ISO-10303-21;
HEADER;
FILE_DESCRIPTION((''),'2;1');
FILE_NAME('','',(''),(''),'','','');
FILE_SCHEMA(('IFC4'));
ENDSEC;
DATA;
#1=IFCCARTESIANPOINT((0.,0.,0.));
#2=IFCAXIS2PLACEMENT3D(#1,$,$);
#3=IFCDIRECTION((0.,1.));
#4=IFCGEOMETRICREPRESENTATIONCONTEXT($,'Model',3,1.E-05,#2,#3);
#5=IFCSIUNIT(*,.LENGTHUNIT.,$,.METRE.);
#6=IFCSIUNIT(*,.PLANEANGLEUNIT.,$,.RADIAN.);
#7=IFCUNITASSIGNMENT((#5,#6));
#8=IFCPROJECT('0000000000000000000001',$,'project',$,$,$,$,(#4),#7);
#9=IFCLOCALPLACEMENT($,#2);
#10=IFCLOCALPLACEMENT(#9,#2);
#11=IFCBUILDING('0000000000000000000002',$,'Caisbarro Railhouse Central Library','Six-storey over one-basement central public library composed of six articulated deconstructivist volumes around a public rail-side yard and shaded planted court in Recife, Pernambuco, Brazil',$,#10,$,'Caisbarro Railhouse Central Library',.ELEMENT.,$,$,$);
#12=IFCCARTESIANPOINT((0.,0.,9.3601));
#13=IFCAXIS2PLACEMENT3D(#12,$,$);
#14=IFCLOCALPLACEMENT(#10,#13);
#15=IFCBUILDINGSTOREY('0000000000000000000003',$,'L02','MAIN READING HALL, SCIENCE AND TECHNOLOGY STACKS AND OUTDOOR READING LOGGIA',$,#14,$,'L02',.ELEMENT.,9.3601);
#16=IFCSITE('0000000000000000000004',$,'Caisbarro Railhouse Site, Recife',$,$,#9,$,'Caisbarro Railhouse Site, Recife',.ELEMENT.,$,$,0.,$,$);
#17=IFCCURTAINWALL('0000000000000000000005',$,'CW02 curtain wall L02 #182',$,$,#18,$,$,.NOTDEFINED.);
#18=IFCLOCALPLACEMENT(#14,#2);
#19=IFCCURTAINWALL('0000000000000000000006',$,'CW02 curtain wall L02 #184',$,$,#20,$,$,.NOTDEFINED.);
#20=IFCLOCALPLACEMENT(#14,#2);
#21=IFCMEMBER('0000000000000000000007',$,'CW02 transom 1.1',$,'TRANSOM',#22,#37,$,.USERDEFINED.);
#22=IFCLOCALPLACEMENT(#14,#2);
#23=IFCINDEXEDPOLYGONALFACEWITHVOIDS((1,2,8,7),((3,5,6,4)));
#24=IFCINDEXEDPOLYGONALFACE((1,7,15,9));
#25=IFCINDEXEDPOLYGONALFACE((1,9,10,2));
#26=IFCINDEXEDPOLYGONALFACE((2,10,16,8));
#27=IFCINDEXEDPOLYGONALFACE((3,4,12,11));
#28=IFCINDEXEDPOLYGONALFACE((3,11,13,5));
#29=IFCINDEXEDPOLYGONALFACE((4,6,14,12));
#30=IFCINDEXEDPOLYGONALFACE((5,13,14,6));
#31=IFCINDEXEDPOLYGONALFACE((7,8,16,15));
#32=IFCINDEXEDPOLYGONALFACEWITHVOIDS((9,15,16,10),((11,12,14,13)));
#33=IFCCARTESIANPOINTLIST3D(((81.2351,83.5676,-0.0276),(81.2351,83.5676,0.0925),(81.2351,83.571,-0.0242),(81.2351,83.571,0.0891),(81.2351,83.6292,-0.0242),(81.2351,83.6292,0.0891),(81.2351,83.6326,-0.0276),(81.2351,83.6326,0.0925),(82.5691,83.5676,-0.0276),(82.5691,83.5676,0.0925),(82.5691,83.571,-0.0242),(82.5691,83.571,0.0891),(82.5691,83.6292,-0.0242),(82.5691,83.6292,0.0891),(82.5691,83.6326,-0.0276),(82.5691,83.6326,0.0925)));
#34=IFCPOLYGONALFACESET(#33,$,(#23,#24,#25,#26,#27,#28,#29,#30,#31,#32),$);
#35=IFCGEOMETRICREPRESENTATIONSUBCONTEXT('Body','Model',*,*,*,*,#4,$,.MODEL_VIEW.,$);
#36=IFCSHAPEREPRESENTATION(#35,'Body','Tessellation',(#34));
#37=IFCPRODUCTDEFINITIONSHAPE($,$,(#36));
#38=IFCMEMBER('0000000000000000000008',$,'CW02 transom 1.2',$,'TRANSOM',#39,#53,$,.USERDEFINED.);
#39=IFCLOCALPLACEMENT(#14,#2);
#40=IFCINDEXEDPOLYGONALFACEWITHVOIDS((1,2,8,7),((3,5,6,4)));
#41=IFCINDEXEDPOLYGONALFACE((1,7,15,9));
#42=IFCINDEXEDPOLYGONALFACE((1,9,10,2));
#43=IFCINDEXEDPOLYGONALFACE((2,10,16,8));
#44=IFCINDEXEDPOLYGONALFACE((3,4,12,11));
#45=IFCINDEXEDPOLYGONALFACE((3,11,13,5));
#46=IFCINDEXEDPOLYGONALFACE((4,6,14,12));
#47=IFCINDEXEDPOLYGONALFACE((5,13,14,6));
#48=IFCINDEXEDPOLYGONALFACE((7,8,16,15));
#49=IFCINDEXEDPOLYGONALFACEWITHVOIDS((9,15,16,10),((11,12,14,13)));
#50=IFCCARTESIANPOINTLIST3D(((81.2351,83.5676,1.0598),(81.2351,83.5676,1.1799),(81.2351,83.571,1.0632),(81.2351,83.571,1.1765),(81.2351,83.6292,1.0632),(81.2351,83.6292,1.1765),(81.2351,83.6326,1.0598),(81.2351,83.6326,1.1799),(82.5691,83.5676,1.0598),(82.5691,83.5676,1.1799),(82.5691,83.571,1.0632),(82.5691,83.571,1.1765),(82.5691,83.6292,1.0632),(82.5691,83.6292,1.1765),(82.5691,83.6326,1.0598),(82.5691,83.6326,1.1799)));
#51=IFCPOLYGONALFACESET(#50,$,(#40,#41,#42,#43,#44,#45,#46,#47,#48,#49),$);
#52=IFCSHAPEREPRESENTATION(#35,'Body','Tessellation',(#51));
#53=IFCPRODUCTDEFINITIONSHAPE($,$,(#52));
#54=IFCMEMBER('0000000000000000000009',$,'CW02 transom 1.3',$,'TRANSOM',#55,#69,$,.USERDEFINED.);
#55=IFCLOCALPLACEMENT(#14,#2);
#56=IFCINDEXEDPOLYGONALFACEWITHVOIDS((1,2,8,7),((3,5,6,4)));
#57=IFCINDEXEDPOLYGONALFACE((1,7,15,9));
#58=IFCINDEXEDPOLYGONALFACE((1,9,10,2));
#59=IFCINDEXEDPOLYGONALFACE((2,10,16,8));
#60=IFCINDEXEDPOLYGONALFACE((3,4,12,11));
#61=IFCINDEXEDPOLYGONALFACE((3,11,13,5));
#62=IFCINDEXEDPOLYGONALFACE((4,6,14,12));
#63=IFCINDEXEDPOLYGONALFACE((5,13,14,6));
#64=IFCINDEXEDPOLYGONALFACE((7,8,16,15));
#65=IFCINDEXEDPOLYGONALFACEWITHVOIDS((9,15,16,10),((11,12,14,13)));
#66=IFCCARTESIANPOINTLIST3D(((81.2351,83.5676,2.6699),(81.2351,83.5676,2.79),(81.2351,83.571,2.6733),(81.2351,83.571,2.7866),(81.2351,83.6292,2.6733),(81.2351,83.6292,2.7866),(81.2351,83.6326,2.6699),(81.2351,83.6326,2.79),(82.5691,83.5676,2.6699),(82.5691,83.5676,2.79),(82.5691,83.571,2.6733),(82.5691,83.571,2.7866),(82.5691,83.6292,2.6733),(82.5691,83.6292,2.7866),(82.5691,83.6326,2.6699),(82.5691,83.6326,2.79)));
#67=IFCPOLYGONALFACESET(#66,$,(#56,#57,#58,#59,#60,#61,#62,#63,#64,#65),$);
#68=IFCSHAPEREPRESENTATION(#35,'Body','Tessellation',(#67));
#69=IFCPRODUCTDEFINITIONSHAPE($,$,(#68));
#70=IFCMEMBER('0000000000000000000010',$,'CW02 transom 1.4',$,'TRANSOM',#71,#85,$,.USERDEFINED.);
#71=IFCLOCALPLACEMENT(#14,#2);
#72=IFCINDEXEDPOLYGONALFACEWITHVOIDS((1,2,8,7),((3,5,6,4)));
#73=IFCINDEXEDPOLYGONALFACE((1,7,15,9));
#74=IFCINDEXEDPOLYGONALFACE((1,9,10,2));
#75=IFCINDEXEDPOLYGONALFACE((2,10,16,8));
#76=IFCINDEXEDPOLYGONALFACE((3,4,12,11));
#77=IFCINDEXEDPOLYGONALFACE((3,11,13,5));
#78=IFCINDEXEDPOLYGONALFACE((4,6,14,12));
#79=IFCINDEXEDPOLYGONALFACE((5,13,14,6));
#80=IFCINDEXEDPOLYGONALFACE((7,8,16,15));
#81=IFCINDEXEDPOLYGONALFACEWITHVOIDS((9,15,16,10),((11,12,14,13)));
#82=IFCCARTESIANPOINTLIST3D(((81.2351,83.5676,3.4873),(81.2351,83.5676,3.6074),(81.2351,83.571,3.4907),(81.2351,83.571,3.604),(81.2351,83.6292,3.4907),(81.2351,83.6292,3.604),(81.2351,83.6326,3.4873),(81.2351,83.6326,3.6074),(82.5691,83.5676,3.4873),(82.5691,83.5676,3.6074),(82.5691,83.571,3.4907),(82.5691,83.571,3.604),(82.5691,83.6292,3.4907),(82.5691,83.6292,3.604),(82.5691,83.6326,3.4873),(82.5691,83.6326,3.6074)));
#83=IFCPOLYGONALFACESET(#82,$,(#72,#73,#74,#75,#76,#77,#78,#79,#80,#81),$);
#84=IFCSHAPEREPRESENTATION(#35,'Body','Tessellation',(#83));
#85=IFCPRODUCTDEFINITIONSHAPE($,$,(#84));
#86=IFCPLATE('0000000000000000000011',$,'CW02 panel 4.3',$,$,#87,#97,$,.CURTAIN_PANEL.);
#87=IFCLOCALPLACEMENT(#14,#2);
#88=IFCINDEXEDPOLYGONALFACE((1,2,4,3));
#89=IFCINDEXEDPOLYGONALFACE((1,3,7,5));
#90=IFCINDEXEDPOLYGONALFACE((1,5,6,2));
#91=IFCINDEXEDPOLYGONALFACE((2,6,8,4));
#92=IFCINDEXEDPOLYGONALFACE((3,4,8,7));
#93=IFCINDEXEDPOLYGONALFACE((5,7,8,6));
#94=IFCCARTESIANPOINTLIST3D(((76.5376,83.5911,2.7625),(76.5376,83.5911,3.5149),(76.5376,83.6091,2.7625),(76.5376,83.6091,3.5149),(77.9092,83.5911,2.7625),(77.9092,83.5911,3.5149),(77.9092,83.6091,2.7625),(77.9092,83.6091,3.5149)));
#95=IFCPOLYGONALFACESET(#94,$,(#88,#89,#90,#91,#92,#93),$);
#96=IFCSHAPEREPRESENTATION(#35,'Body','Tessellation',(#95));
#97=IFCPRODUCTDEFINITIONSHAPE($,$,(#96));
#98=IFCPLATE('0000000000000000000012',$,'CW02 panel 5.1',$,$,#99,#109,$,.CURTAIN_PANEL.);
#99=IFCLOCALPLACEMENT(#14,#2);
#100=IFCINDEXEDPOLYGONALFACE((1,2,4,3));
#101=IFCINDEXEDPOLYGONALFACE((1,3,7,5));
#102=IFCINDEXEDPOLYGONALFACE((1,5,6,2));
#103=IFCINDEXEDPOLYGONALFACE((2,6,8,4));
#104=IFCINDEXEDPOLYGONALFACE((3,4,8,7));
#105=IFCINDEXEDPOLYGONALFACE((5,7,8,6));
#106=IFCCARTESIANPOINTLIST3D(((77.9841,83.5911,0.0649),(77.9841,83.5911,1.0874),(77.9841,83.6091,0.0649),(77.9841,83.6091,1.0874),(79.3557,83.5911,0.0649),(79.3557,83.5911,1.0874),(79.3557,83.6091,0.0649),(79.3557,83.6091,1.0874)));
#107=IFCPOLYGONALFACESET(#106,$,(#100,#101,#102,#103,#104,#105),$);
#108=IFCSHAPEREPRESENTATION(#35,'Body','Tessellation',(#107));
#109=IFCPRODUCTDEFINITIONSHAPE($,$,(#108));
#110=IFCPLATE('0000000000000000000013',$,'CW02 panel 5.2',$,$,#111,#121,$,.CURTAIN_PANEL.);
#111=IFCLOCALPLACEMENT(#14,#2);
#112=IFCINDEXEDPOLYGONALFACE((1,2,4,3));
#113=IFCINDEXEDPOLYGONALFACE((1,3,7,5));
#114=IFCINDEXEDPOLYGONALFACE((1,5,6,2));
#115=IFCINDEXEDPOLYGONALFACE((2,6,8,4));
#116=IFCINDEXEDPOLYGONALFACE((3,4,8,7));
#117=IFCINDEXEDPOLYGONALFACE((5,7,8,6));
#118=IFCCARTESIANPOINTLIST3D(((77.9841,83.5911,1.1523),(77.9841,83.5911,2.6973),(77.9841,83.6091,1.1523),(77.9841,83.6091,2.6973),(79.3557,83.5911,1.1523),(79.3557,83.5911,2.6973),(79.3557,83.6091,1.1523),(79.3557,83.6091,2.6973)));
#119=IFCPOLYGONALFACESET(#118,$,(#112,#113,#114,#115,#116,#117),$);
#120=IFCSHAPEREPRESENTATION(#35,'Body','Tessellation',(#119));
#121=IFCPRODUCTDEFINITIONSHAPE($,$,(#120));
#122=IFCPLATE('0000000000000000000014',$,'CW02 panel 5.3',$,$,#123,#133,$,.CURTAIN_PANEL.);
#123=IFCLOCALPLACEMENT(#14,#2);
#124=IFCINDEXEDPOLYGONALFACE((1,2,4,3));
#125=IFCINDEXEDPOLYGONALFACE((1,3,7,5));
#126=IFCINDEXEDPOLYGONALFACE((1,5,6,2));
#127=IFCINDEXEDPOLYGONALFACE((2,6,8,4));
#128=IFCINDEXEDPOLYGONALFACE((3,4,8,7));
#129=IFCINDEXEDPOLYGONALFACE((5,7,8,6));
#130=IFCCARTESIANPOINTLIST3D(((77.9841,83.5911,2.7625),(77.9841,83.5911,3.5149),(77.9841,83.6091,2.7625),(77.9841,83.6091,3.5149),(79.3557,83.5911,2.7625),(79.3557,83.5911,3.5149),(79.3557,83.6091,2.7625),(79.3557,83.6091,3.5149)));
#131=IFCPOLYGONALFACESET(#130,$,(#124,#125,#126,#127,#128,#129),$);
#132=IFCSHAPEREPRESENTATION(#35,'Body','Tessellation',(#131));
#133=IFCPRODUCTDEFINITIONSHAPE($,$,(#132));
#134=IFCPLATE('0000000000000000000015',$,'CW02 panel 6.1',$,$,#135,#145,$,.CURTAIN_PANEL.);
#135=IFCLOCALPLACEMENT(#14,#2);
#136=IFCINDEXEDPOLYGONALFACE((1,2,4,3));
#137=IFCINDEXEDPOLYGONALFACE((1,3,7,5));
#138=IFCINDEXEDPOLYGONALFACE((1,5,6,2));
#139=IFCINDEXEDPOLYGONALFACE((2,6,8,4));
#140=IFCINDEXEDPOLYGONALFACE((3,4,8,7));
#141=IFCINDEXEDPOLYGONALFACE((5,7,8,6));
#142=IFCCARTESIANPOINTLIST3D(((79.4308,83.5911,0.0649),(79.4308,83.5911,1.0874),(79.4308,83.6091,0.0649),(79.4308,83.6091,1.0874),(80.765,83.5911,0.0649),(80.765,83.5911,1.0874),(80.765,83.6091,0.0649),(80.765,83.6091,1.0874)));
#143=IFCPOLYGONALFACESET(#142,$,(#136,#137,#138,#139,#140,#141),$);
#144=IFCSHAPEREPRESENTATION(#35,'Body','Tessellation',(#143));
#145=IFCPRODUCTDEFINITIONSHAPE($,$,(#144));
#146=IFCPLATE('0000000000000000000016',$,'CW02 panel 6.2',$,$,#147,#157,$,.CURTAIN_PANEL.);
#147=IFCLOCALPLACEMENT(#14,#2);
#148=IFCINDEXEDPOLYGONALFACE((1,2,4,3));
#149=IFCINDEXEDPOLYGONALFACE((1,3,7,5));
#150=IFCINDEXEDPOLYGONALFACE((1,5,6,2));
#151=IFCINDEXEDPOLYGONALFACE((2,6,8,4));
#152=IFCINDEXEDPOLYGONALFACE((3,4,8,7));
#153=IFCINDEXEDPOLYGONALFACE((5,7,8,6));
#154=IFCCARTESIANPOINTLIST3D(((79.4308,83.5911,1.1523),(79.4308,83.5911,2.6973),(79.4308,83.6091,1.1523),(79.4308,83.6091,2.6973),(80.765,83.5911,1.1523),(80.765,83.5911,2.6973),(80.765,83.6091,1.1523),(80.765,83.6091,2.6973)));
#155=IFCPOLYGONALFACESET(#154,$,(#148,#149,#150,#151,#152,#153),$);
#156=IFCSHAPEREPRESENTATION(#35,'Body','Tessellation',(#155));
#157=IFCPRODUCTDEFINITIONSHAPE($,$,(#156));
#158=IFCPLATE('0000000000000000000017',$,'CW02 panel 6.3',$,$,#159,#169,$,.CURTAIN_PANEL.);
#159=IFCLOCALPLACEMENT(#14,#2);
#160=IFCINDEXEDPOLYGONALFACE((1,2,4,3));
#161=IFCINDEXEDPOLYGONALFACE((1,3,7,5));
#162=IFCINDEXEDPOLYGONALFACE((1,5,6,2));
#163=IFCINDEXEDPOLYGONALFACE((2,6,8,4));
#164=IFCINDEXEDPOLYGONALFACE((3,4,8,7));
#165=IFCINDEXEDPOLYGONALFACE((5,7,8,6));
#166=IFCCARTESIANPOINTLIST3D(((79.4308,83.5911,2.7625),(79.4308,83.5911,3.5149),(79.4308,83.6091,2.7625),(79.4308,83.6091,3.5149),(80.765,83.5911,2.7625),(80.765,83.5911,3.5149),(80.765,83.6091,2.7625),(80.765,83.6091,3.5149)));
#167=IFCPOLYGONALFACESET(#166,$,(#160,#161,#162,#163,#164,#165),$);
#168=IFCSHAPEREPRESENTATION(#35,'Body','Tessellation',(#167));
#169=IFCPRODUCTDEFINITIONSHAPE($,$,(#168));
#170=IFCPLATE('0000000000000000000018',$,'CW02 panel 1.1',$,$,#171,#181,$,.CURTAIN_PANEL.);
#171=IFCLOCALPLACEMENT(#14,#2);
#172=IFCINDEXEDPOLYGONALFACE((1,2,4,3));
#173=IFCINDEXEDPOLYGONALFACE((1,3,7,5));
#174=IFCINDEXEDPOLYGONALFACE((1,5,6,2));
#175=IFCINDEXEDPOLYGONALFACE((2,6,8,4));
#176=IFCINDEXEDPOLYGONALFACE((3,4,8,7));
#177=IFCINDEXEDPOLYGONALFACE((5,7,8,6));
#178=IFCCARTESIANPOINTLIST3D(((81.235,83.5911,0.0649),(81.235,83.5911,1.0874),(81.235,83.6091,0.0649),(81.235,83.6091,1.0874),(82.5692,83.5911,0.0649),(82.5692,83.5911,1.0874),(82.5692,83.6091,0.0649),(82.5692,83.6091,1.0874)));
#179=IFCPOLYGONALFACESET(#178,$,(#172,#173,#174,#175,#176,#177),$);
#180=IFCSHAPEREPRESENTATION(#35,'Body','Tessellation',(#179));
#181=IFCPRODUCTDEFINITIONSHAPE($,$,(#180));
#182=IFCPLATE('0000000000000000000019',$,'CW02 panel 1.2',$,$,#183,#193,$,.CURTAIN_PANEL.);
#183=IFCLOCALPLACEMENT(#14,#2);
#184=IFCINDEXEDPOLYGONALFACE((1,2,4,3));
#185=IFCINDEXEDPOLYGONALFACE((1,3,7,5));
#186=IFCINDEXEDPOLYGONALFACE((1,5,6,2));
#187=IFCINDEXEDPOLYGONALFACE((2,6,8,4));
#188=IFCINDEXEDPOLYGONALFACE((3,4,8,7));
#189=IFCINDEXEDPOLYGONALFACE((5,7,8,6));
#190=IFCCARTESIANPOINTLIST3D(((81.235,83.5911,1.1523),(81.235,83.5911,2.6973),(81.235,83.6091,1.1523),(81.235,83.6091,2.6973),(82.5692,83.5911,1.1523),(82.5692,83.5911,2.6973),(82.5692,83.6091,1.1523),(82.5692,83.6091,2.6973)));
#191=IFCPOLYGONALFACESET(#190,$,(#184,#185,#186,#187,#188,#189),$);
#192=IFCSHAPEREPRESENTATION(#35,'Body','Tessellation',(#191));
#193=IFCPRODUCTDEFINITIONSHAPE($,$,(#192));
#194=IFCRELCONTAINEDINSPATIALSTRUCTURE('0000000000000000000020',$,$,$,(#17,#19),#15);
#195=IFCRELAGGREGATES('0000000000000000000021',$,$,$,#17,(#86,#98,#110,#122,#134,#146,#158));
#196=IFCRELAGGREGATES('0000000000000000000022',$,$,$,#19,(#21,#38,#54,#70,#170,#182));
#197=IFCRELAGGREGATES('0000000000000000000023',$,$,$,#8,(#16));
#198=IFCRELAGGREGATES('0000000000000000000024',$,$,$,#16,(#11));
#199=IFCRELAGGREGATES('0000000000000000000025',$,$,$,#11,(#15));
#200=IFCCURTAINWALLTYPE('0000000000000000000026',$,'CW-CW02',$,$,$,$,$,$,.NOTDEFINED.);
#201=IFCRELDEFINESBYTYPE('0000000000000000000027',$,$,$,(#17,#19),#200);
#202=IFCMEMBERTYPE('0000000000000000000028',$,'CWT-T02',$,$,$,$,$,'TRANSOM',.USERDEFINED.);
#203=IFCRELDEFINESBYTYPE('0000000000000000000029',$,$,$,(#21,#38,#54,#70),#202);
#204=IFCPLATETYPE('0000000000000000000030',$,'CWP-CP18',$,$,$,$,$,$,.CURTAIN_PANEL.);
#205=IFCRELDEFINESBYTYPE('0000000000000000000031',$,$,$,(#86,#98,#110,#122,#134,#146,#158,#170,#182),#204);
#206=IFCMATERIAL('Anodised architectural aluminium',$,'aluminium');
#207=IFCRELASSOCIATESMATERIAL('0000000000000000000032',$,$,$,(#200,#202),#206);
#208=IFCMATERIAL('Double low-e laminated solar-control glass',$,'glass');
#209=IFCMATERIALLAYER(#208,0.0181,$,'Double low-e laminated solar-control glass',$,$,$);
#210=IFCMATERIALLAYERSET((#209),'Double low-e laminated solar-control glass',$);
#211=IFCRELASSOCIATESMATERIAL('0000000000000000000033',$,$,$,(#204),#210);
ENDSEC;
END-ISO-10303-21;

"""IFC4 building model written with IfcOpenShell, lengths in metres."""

from ifc_helpers import new_model, si_unit, direction, frame, origin, origin_2d, place, context, subcontext, project, spatial, rectangle, hollow_rectangle, extrude, material, layer, layer_set, material_profile, profile_set, type_object, element, aggregate, save


model = new_model("IFC4")

# Units and contexts
model_context = context("Model", 3, precision=1e-05, world=origin(), true_north=direction((0.0, 1.0)))
body_context = subcontext(model_context, "Body", "Model", "MODEL_VIEW")
ifc_project = project(units=[si_unit("LENGTHUNIT", "METRE"), si_unit("PLANEANGLEUNIT", "RADIAN")], contexts=[model_context])

# Site, building, storey
site_placement = place(None, origin())
site = spatial("IfcSite", under=ifc_project, at=site_placement, Name="Caisbarro Railhouse Site, Recife", LongName="Caisbarro Railhouse Site, Recife", CompositionType="ELEMENT", RefElevation=0.0)
building_placement = place(site_placement, origin())
building = spatial("IfcBuilding", under=site, at=building_placement, Name="Caisbarro Railhouse Central Library", Description="Six-storey over one-basement central public library composed of six articulated deconstructivist volumes around a public rail-side yard and shaded planted court in Recife, Pernambuco, Brazil", LongName="Caisbarro Railhouse Central Library", CompositionType="ELEMENT")
storey_placement = place(building_placement, frame((0.0, 0.0, 9.3601)))
storey = spatial("IfcBuildingStorey", under=building, at=storey_placement, Name="L02", Description="MAIN READING HALL, SCIENCE AND TECHNOLOGY STACKS AND OUTDOOR READING LOGGIA", LongName="L02", CompositionType="ELEMENT", Elevation=9.3601)

# Curtain walls
ifc_material_1 = material(Name="Anodised architectural aluminium", Category="aluminium")
curtain_wall_type = type_object("IfcCurtainWallType", Name="CW-CW02", PredefinedType="NOTDEFINED", material=ifc_material_1)
curtain_wall_1_placement = place(storey_placement, origin())
curtain_wall_1 = element("IfcCurtainWall", 1, at=curtain_wall_1_placement, inside=storey, type_object=curtain_wall_type, Name="CW02 curtain wall L02 #182", PredefinedType="NOTDEFINED")
curtain_wall_2_placement = place(storey_placement, origin())
curtain_wall_2 = element("IfcCurtainWall", 2, at=curtain_wall_2_placement, inside=storey, type_object=curtain_wall_type, Name="CW02 curtain wall L02 #184", PredefinedType="NOTDEFINED")

# Members
ifc_material_profile_1 = material_profile(ifc_material_1, hollow_rectangle(XDim=0.0649, YDim=0.1201, WallThickness=0.0034, at=origin_2d()), Name="ALU-TRN-65X120")
ifc_profile_set_1 = profile_set([ifc_material_profile_1], Name="Anodised architectural aluminium")
member_type_1 = type_object("IfcMemberType", Name="CWT-T02", ElementType="TRANSOM", PredefinedType="USERDEFINED", material=ifc_profile_set_1)
member_1_placement = place(storey_placement, frame((81.2351, 83.6001, 0.0325), z_axis=(1.0, 0.0, 0.0), x_axis=(0.0, 1.0, 0.0)))
member_1 = element("IfcMember", 3, at=member_1_placement, type_object=member_type_1, Name="CW02 transom 1.1", ObjectType="TRANSOM", PredefinedType="USERDEFINED", context=body_context, shape_type="SweptSolid", body=[
    extrude(hollow_rectangle(XDim=0.0649, YDim=0.1201, WallThickness=0.0034, at=origin_2d()), origin(), (0.0, 0.0, 1.0), 1.334),
])
member_2_placement = place(storey_placement, frame((81.2351, 83.6001, 1.1199), z_axis=(1.0, 0.0, 0.0), x_axis=(0.0, 1.0, 0.0)))
member_2 = element("IfcMember", 4, at=member_2_placement, type_object=member_type_1, Name="CW02 transom 1.2", ObjectType="TRANSOM", PredefinedType="USERDEFINED", context=body_context, shape_type="SweptSolid", body=[
    extrude(hollow_rectangle(XDim=0.0649, YDim=0.1201, WallThickness=0.0034, at=origin_2d()), origin(), (0.0, 0.0, 1.0), 1.334),
])
member_3_placement = place(storey_placement, frame((81.2351, 83.6001, 2.73), z_axis=(1.0, 0.0, 0.0), x_axis=(0.0, 1.0, 0.0)))
member_3 = element("IfcMember", 5, at=member_3_placement, type_object=member_type_1, Name="CW02 transom 1.3", ObjectType="TRANSOM", PredefinedType="USERDEFINED", context=body_context, shape_type="SweptSolid", body=[
    extrude(hollow_rectangle(XDim=0.0649, YDim=0.1201, WallThickness=0.0034, at=origin_2d()), origin(), (0.0, 0.0, 1.0), 1.334),
])
member_4_placement = place(storey_placement, frame((81.2351, 83.6001, 3.5474), z_axis=(1.0, 0.0, 0.0), x_axis=(0.0, 1.0, 0.0)))
member_4 = element("IfcMember", 6, at=member_4_placement, type_object=member_type_1, Name="CW02 transom 1.4", ObjectType="TRANSOM", PredefinedType="USERDEFINED", context=body_context, shape_type="SweptSolid", body=[
    extrude(hollow_rectangle(XDim=0.0649, YDim=0.1201, WallThickness=0.0034, at=origin_2d()), origin(), (0.0, 0.0, 1.0), 1.334),
])

# Plates
ifc_material_2 = material(Name="Double low-e laminated solar-control glass", Category="glass")
ifc_layer = layer(ifc_material_2, 0.0181, Name="Double low-e laminated solar-control glass")
ifc_layer_set = layer_set([ifc_layer], Name="Double low-e laminated solar-control glass")
plate_type = type_object("IfcPlateType", Name="CWP-CP18", PredefinedType="CURTAIN_PANEL", material=ifc_layer_set)
plate_1_placement = place(storey_placement, frame((77.2234, 83.6001, 2.7625), z_axis=(0.0, 0.0, 1.0), x_axis=(1.0, 0.0, 0.0)))
plate_1 = element("IfcPlate", 7, at=plate_1_placement, type_object=plate_type, Name="CW02 panel 4.3", PredefinedType="CURTAIN_PANEL", context=body_context, shape_type="SweptSolid", body=[
    extrude(rectangle(XDim=1.3716, YDim=0.0181, at=origin_2d()), origin(), (0.0, 0.0, 1.0), 0.7524),
])
plate_2_placement = place(storey_placement, frame((78.6699, 83.6001, 0.0649), z_axis=(0.0, 0.0, 1.0), x_axis=(1.0, 0.0, 0.0)))
plate_2 = element("IfcPlate", 8, at=plate_2_placement, type_object=plate_type, Name="CW02 panel 5.1", PredefinedType="CURTAIN_PANEL", context=body_context, shape_type="SweptSolid", body=[
    extrude(rectangle(XDim=1.3716, YDim=0.0181, at=origin_2d()), origin(), (0.0, 0.0, 1.0), 1.0225),
])
plate_3_placement = place(storey_placement, frame((78.6699, 83.6001, 1.1523), z_axis=(0.0, 0.0, 1.0), x_axis=(1.0, 0.0, 0.0)))
plate_3 = element("IfcPlate", 9, at=plate_3_placement, type_object=plate_type, Name="CW02 panel 5.2", PredefinedType="CURTAIN_PANEL", context=body_context, shape_type="SweptSolid", body=[
    extrude(rectangle(XDim=1.3716, YDim=0.0181, at=origin_2d()), origin(), (0.0, 0.0, 1.0), 1.5449),
])
plate_4_placement = place(storey_placement, frame((78.6699, 83.6001, 2.7625), z_axis=(0.0, 0.0, 1.0), x_axis=(1.0, 0.0, 0.0)))
plate_4 = element("IfcPlate", 10, at=plate_4_placement, type_object=plate_type, Name="CW02 panel 5.3", PredefinedType="CURTAIN_PANEL", context=body_context, shape_type="SweptSolid", body=[
    extrude(rectangle(XDim=1.3716, YDim=0.0181, at=origin_2d()), origin(), (0.0, 0.0, 1.0), 0.7524),
])
plate_5_placement = place(storey_placement, frame((80.0979, 83.6001, 0.0649), z_axis=(0.0, 0.0, 1.0), x_axis=(1.0, 0.0, 0.0)))
plate_5 = element("IfcPlate", 11, at=plate_5_placement, type_object=plate_type, Name="CW02 panel 6.1", PredefinedType="CURTAIN_PANEL", context=body_context, shape_type="SweptSolid", body=[
    extrude(rectangle(XDim=1.3342, YDim=0.0181, at=origin_2d()), origin(), (0.0, 0.0, 1.0), 1.0225),
])
plate_6_placement = place(storey_placement, frame((80.0979, 83.6001, 1.1523), z_axis=(0.0, 0.0, 1.0), x_axis=(1.0, 0.0, 0.0)))
plate_6 = element("IfcPlate", 12, at=plate_6_placement, type_object=plate_type, Name="CW02 panel 6.2", PredefinedType="CURTAIN_PANEL", context=body_context, shape_type="SweptSolid", body=[
    extrude(rectangle(XDim=1.3342, YDim=0.0181, at=origin_2d()), origin(), (0.0, 0.0, 1.0), 1.5449),
])
plate_7_placement = place(storey_placement, frame((80.0979, 83.6001, 2.7625), z_axis=(0.0, 0.0, 1.0), x_axis=(1.0, 0.0, 0.0)))
plate_7 = element("IfcPlate", 13, at=plate_7_placement, type_object=plate_type, Name="CW02 panel 6.3", PredefinedType="CURTAIN_PANEL", context=body_context, shape_type="SweptSolid", body=[
    extrude(rectangle(XDim=1.3342, YDim=0.0181, at=origin_2d()), origin(), (0.0, 0.0, 1.0), 0.7524),
])
aggregate(curtain_wall_1, [plate_1, plate_2, plate_3, plate_4, plate_5, plate_6, plate_7])
plate_8_placement = place(storey_placement, frame((81.9021, 83.6001, 0.0649), z_axis=(0.0, 0.0, 1.0), x_axis=(1.0, 0.0, 0.0)))
plate_8 = element("IfcPlate", 14, at=plate_8_placement, type_object=plate_type, Name="CW02 panel 1.1", PredefinedType="CURTAIN_PANEL", context=body_context, shape_type="SweptSolid", body=[
    extrude(rectangle(XDim=1.3342, YDim=0.0181, at=origin_2d()), origin(), (0.0, 0.0, 1.0), 1.0225),
])
plate_9_placement = place(storey_placement, frame((81.9021, 83.6001, 1.1523), z_axis=(0.0, 0.0, 1.0), x_axis=(1.0, 0.0, 0.0)))
plate_9 = element("IfcPlate", 15, at=plate_9_placement, type_object=plate_type, Name="CW02 panel 1.2", PredefinedType="CURTAIN_PANEL", context=body_context, shape_type="SweptSolid", body=[
    extrude(rectangle(XDim=1.3342, YDim=0.0181, at=origin_2d()), origin(), (0.0, 0.0, 1.0), 1.5449),
])
aggregate(curtain_wall_2, [member_1, member_2, member_3, member_4, plate_8, plate_9])

save(model, "model.ifc")
